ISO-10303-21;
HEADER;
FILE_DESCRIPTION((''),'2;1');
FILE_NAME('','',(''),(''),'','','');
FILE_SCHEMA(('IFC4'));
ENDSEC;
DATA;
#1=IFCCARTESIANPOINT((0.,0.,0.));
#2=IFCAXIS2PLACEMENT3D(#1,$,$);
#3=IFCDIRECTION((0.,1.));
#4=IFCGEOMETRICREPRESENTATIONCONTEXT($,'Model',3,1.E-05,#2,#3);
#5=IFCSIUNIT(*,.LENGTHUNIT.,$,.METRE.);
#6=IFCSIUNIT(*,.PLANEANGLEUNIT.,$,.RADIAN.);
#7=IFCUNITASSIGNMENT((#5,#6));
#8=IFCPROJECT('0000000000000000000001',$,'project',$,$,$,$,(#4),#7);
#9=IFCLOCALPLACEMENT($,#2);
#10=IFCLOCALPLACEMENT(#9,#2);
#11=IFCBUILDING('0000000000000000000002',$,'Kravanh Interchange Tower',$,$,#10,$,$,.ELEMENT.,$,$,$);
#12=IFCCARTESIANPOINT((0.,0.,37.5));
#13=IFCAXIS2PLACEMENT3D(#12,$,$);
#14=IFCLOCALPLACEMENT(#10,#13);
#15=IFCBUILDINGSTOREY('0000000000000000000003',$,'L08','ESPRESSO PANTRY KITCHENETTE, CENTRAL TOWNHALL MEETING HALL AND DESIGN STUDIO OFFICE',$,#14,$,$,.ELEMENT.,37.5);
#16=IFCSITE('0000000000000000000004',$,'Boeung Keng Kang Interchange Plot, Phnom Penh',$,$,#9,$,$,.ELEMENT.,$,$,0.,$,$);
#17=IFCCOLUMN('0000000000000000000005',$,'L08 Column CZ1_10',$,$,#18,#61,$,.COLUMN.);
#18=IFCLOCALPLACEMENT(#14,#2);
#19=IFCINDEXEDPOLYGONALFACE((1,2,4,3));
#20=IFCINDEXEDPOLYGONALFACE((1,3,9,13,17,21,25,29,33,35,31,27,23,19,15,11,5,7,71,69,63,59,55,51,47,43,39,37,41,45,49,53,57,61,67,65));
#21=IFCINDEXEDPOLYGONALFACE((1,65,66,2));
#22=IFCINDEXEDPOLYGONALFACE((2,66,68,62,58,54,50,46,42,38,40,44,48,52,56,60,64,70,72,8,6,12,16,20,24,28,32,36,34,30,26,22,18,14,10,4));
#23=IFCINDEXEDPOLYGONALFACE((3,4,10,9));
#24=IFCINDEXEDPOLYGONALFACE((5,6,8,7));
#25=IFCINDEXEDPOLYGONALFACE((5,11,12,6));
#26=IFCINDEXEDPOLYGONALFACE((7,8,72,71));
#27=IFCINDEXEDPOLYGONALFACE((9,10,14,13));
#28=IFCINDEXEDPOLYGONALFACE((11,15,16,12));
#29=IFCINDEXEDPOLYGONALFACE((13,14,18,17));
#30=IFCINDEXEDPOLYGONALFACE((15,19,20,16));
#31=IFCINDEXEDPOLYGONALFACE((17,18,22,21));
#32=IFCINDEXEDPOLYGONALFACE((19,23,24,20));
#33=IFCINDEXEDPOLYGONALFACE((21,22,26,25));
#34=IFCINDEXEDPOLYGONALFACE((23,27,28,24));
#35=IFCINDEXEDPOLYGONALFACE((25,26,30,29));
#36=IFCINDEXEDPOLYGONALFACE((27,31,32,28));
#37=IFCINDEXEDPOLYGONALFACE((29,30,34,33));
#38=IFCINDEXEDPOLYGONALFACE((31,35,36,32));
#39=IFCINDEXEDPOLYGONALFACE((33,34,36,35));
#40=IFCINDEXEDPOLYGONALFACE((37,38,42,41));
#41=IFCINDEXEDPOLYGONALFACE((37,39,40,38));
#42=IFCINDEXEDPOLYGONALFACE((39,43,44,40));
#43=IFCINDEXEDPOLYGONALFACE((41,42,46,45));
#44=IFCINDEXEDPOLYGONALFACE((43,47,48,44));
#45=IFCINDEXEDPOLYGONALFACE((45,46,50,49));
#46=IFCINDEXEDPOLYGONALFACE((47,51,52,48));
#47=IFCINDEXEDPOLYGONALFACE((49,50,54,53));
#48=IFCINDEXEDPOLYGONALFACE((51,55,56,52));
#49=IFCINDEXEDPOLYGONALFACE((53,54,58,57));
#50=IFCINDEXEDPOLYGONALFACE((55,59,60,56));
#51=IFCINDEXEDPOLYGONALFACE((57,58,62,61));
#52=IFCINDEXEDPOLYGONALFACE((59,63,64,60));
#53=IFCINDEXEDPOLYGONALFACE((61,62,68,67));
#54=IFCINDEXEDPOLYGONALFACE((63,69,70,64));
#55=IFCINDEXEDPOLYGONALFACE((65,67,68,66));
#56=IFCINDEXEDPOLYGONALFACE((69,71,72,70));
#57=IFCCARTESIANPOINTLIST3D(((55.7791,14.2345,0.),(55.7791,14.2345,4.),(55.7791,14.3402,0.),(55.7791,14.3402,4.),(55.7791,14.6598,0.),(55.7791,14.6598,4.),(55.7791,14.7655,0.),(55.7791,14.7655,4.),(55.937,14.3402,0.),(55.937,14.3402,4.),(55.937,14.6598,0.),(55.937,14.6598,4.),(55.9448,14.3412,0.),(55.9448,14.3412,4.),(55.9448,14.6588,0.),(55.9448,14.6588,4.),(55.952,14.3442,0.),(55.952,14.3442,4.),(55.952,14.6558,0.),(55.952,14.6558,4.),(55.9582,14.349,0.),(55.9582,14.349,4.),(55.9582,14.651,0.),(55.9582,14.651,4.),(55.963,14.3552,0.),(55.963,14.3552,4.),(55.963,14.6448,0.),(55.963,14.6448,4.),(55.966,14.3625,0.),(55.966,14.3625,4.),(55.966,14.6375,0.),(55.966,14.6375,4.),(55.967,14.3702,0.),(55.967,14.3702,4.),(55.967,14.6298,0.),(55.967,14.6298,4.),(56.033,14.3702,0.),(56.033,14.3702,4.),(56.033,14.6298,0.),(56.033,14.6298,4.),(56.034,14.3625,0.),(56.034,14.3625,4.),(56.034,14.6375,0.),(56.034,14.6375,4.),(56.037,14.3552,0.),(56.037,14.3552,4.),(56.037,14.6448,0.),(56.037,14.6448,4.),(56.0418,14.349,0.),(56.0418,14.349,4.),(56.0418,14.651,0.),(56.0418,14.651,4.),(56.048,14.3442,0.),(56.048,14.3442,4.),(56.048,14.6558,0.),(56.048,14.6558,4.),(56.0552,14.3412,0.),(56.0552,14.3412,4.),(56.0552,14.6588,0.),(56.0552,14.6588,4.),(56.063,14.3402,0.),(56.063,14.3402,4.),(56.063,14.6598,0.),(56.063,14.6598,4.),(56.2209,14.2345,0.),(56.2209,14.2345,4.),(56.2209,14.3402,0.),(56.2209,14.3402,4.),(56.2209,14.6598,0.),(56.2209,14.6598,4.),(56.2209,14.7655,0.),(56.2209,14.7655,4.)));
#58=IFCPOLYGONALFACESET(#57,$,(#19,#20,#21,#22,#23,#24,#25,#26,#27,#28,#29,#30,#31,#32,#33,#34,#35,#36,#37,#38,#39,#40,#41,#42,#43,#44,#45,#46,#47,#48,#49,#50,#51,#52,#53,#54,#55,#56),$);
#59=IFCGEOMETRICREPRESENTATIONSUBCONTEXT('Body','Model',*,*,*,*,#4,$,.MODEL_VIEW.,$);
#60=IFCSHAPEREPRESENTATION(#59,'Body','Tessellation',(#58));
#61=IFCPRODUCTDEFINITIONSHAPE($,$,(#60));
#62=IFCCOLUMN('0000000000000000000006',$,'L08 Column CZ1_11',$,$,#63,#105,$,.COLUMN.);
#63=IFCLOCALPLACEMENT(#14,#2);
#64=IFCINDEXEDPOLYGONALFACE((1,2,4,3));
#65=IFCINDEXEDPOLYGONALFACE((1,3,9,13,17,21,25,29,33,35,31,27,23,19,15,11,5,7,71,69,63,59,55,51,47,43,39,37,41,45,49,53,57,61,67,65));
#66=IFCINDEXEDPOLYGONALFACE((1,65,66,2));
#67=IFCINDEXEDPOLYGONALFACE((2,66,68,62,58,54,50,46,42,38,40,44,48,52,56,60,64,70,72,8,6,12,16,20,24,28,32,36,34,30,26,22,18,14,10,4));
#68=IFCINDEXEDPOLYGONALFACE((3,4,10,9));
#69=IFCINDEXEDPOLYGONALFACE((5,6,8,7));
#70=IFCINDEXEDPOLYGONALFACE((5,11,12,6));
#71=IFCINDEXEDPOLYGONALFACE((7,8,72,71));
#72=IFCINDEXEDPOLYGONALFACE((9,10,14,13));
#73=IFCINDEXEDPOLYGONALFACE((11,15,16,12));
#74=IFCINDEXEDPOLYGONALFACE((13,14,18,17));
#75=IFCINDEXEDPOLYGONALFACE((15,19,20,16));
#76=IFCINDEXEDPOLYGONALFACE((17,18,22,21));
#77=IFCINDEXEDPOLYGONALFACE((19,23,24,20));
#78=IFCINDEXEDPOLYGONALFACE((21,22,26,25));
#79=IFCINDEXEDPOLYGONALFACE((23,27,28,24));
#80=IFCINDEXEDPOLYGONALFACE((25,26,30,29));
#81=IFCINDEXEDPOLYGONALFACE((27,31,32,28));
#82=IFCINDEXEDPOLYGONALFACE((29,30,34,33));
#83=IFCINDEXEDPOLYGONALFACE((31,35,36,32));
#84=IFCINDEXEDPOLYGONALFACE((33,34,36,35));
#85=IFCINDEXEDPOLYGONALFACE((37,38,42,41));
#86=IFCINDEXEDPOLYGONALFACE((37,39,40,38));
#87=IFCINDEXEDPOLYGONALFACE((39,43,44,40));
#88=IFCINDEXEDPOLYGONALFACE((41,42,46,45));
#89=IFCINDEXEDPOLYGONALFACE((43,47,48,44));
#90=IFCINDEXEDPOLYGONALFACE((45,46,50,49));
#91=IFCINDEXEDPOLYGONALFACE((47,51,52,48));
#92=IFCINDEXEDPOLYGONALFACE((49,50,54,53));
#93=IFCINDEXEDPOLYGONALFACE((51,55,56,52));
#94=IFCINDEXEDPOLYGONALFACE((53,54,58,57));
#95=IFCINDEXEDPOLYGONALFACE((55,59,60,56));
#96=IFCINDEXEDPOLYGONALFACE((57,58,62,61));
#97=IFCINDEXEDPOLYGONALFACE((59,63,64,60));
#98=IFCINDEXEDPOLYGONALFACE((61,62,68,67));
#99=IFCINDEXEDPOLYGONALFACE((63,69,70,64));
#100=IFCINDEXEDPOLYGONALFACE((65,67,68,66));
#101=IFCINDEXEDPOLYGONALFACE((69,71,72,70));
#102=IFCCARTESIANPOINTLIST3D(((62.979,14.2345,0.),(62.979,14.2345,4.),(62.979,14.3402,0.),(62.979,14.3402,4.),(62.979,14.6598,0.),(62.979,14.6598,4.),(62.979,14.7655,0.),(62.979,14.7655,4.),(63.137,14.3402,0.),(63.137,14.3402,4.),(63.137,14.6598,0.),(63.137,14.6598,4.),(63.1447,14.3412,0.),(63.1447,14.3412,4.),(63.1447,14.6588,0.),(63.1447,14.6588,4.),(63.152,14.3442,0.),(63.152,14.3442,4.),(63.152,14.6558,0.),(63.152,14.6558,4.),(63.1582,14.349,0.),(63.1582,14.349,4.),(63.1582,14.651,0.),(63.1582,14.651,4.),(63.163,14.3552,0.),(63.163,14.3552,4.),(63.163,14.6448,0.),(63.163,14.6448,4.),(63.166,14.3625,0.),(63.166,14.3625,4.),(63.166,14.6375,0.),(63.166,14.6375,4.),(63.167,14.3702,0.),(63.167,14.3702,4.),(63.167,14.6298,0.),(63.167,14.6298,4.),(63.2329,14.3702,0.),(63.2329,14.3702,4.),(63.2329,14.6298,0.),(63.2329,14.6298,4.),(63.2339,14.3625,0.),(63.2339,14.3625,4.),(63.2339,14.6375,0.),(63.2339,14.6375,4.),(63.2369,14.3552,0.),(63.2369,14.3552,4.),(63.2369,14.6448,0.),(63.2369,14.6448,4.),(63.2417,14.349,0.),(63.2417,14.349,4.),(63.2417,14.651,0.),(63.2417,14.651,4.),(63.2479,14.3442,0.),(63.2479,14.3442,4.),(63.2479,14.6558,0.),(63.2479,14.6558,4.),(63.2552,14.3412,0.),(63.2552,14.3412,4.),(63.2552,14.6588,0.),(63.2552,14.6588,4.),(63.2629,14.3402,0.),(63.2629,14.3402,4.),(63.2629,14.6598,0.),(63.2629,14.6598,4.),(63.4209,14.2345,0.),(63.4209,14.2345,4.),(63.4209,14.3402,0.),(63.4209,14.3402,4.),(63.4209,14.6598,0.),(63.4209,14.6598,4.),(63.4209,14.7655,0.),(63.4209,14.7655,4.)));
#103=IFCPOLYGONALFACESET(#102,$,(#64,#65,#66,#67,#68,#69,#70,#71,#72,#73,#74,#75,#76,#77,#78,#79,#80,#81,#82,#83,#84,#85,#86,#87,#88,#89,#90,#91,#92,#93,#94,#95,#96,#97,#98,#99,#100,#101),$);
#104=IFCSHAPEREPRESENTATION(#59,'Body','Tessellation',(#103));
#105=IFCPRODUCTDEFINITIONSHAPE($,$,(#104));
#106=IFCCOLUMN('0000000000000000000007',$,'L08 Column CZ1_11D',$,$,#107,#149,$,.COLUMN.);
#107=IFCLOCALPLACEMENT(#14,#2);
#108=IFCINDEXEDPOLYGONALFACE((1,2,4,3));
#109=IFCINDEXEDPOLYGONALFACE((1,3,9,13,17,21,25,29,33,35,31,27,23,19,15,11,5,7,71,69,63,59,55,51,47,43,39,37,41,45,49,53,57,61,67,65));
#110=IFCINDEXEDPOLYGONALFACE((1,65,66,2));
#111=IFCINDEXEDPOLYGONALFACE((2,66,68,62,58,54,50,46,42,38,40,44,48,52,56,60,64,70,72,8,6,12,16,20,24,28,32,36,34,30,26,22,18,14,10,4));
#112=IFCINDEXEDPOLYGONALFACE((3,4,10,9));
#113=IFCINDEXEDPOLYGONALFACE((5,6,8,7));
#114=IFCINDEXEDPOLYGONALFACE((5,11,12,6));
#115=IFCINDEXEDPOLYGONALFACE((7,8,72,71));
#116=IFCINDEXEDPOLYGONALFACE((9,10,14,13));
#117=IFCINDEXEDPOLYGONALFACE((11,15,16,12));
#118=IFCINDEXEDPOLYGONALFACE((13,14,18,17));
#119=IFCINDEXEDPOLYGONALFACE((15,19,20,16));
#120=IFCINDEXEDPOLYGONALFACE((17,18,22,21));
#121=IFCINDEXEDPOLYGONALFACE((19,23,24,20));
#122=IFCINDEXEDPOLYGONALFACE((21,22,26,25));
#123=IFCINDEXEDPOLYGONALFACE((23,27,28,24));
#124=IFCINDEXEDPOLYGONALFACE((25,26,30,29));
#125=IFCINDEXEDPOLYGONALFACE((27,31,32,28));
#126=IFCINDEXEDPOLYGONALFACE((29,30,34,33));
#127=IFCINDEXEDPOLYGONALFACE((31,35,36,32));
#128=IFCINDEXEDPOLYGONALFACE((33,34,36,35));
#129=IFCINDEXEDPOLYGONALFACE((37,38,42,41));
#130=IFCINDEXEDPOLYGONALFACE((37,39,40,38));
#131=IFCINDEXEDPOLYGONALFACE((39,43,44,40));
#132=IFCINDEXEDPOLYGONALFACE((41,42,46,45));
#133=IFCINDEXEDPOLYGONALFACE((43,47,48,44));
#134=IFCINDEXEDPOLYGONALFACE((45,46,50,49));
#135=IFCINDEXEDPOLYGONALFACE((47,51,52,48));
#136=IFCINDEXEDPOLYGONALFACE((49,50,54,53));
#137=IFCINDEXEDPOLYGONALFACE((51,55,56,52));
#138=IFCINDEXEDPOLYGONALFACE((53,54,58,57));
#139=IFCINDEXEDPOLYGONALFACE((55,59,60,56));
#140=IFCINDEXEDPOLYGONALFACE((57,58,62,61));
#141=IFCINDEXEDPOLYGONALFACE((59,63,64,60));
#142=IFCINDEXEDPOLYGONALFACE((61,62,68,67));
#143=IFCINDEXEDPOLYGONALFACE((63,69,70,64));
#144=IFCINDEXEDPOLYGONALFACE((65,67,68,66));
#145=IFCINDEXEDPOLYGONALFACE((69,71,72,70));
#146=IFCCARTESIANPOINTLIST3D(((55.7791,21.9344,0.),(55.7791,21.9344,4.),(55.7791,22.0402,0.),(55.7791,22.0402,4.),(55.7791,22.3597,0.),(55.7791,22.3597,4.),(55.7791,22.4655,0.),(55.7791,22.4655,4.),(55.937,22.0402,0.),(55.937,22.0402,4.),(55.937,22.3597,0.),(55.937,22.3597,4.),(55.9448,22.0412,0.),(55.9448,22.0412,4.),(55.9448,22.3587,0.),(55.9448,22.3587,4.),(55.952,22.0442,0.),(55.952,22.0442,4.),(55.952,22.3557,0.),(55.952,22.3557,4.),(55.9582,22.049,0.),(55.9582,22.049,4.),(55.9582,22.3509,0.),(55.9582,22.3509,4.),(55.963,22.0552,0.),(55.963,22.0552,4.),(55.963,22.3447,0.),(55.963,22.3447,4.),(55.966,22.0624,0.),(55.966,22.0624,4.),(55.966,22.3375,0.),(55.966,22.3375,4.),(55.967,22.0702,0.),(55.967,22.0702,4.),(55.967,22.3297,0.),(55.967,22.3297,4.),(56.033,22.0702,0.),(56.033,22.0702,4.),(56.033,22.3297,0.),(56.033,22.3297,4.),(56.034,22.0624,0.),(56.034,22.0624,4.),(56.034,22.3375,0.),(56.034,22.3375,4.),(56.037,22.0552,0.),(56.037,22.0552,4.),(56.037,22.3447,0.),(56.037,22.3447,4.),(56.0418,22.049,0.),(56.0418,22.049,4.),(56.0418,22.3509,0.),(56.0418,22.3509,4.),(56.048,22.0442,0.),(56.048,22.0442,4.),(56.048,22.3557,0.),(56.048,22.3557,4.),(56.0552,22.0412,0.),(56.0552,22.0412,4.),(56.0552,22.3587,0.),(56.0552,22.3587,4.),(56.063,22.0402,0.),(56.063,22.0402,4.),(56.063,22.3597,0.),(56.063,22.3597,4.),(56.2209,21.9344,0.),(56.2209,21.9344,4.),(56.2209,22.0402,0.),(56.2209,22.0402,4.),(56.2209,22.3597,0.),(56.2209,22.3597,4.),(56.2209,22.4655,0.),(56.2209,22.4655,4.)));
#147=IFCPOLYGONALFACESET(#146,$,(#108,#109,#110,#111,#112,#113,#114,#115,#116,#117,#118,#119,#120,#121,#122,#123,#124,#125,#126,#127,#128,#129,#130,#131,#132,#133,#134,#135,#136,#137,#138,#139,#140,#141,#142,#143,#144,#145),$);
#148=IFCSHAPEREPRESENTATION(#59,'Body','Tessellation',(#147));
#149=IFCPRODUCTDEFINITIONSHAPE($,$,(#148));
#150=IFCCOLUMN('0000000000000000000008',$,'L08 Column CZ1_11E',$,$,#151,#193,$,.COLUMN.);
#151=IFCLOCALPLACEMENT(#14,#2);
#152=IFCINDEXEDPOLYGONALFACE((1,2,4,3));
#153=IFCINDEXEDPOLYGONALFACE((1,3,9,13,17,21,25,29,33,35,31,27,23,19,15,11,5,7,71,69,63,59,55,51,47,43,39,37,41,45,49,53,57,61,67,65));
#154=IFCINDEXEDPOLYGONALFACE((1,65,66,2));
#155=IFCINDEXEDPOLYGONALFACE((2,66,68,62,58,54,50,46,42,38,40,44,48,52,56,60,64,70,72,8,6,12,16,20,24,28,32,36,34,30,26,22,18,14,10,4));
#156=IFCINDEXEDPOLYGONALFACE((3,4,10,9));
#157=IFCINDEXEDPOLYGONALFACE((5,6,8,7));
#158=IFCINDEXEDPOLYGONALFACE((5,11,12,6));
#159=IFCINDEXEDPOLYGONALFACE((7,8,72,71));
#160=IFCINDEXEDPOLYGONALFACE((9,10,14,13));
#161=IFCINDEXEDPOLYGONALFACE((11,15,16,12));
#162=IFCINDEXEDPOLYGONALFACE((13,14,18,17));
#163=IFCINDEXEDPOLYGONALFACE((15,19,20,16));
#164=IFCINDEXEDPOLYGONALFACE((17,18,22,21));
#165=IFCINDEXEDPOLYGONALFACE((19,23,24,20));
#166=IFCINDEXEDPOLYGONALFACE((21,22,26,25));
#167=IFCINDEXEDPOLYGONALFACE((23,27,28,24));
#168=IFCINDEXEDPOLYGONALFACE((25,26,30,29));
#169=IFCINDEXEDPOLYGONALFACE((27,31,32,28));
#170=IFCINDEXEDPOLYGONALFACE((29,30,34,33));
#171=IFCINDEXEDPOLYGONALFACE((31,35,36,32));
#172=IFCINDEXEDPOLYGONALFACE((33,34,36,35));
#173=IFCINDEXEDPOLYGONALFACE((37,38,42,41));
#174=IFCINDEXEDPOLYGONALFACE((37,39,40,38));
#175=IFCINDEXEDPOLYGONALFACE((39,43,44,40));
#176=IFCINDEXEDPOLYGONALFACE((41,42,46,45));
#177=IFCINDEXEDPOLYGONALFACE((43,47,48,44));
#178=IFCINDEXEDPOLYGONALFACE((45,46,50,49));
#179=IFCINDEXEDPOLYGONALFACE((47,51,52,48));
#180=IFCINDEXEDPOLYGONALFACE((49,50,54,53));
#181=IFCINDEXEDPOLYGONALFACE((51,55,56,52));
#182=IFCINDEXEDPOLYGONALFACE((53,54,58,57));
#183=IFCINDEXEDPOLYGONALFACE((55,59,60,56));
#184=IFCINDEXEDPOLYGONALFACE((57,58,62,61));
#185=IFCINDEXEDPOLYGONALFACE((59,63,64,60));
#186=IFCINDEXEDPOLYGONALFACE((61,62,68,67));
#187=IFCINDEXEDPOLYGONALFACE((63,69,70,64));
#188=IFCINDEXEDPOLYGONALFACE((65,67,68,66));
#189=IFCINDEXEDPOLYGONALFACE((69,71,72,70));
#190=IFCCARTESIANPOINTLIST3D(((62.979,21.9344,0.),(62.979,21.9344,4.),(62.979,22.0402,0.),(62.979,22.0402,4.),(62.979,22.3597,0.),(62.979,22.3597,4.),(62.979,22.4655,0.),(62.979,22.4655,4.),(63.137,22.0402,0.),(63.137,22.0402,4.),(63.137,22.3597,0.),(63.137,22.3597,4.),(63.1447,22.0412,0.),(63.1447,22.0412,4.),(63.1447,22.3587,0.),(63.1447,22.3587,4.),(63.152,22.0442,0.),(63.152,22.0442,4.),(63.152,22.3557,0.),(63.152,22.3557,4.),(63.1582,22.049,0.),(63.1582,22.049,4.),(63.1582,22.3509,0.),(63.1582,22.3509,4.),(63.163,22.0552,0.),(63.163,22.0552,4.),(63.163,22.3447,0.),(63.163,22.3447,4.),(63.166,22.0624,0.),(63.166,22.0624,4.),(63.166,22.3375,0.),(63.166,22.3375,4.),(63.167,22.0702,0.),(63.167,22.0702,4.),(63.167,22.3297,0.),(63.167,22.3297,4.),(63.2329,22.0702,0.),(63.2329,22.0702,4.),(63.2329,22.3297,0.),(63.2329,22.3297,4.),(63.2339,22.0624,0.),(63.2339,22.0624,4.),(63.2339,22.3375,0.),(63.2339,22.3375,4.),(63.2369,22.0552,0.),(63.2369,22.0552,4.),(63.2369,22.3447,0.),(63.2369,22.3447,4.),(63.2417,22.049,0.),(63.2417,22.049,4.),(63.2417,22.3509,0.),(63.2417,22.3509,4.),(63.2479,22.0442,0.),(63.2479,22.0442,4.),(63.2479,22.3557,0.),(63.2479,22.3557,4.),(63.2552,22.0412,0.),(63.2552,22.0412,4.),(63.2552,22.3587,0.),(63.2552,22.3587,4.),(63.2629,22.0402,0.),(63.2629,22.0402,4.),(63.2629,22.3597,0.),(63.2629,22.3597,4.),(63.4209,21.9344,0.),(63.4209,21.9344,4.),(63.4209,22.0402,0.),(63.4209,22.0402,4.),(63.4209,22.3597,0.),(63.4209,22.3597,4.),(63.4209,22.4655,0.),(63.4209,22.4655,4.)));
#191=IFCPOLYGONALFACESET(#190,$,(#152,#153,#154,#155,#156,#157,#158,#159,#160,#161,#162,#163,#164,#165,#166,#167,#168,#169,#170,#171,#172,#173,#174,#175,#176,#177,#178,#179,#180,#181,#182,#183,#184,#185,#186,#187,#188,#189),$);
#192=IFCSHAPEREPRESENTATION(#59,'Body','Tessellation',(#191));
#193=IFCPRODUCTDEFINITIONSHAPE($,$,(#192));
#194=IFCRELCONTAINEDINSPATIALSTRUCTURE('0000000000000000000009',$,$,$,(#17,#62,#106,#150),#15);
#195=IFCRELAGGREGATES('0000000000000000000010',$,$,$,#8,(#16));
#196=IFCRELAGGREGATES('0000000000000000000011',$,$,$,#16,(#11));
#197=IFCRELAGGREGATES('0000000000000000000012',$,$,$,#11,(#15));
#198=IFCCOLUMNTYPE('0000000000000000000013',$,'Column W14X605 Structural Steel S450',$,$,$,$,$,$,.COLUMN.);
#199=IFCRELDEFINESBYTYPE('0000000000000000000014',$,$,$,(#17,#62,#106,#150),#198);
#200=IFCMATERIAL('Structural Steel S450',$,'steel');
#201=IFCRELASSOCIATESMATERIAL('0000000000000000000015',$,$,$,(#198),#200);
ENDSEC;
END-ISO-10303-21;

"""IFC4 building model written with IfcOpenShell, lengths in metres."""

from ifc_helpers import new_model, si_unit, direction, frame, origin, origin_2d, place, context, subcontext, project, spatial, i_section, extrude, material, material_profile, profile_set, type_object, element, save


model = new_model("IFC4")

# Units and contexts
model_context = context("Model", 3, precision=1e-05, world=origin(), true_north=direction((0.0, 1.0)))
body_context = subcontext(model_context, "Body", "Model", "MODEL_VIEW")
ifc_project = project(units=[si_unit("LENGTHUNIT", "METRE"), si_unit("PLANEANGLEUNIT", "RADIAN")], contexts=[model_context])

# Site, building, storey
site_placement = place(None, origin())
site = spatial("IfcSite", under=ifc_project, at=site_placement, Name="Boeung Keng Kang Interchange Plot, Phnom Penh", CompositionType="ELEMENT", RefElevation=0.0)
building_placement = place(site_placement, origin())
building = spatial("IfcBuilding", under=site, at=building_placement, Name="Kravanh Interchange Tower", CompositionType="ELEMENT")
storey_placement = place(building_placement, frame((0.0, 0.0, 37.5)))
storey = spatial("IfcBuildingStorey", under=building, at=storey_placement, Name="L08", Description="ESPRESSO PANTRY KITCHENETTE, CENTRAL TOWNHALL MEETING HALL AND DESIGN STUDIO OFFICE", CompositionType="ELEMENT", Elevation=37.5)

# Columns
ifc_material_1 = material(Name="Structural Steel S450", Category="steel")
ifc_material_profile_1 = material_profile(ifc_material_1, i_section(OverallWidth=0.4419, OverallDepth=0.531, WebThickness=0.0659, FlangeThickness=0.1057, FilletRadius=0.03, at=origin_2d()), Name="W14X605")
ifc_profile_set_1 = profile_set([ifc_material_profile_1], Name="Structural Steel S450")
column_type = type_object("IfcColumnType", Name="Column W14X605 Structural Steel S450", PredefinedType="COLUMN", material=ifc_profile_set_1)
for number, where, z_axis, x_axis, name in (
    (1, (56.0, 14.5, 0.0), (0.0, 0.0, 1.0), (1.0, 0.0, 0.0), "L08 Column CZ1_10"),
    (2, (63.2, 14.5, 0.0), (0.0, 0.0, 1.0), (1.0, 0.0, 0.0), "L08 Column CZ1_11"),
    (3, (56.0, 22.2, 0.0), (0.0, 0.0, 1.0), (1.0, 0.0, 0.0), "L08 Column CZ1_11D"),
    (4, (63.2, 22.2, 0.0), (0.0, 0.0, 1.0), (1.0, 0.0, 0.0), "L08 Column CZ1_11E"),
):
    element("IfcColumn", number, at=place(storey_placement, frame(where, z_axis=z_axis, x_axis=x_axis)), inside=storey, type_object=column_type, Name=name, PredefinedType="COLUMN", context=body_context, shape_type="SweptSolid", body=[
        extrude(i_section(OverallWidth=0.4419, OverallDepth=0.531, WebThickness=0.0659, FlangeThickness=0.1057, FilletRadius=0.03, at=origin_2d()), origin(), (0.0, 0.0, 1.0), 4.0),
    ])

save(model, "model.ifc")
